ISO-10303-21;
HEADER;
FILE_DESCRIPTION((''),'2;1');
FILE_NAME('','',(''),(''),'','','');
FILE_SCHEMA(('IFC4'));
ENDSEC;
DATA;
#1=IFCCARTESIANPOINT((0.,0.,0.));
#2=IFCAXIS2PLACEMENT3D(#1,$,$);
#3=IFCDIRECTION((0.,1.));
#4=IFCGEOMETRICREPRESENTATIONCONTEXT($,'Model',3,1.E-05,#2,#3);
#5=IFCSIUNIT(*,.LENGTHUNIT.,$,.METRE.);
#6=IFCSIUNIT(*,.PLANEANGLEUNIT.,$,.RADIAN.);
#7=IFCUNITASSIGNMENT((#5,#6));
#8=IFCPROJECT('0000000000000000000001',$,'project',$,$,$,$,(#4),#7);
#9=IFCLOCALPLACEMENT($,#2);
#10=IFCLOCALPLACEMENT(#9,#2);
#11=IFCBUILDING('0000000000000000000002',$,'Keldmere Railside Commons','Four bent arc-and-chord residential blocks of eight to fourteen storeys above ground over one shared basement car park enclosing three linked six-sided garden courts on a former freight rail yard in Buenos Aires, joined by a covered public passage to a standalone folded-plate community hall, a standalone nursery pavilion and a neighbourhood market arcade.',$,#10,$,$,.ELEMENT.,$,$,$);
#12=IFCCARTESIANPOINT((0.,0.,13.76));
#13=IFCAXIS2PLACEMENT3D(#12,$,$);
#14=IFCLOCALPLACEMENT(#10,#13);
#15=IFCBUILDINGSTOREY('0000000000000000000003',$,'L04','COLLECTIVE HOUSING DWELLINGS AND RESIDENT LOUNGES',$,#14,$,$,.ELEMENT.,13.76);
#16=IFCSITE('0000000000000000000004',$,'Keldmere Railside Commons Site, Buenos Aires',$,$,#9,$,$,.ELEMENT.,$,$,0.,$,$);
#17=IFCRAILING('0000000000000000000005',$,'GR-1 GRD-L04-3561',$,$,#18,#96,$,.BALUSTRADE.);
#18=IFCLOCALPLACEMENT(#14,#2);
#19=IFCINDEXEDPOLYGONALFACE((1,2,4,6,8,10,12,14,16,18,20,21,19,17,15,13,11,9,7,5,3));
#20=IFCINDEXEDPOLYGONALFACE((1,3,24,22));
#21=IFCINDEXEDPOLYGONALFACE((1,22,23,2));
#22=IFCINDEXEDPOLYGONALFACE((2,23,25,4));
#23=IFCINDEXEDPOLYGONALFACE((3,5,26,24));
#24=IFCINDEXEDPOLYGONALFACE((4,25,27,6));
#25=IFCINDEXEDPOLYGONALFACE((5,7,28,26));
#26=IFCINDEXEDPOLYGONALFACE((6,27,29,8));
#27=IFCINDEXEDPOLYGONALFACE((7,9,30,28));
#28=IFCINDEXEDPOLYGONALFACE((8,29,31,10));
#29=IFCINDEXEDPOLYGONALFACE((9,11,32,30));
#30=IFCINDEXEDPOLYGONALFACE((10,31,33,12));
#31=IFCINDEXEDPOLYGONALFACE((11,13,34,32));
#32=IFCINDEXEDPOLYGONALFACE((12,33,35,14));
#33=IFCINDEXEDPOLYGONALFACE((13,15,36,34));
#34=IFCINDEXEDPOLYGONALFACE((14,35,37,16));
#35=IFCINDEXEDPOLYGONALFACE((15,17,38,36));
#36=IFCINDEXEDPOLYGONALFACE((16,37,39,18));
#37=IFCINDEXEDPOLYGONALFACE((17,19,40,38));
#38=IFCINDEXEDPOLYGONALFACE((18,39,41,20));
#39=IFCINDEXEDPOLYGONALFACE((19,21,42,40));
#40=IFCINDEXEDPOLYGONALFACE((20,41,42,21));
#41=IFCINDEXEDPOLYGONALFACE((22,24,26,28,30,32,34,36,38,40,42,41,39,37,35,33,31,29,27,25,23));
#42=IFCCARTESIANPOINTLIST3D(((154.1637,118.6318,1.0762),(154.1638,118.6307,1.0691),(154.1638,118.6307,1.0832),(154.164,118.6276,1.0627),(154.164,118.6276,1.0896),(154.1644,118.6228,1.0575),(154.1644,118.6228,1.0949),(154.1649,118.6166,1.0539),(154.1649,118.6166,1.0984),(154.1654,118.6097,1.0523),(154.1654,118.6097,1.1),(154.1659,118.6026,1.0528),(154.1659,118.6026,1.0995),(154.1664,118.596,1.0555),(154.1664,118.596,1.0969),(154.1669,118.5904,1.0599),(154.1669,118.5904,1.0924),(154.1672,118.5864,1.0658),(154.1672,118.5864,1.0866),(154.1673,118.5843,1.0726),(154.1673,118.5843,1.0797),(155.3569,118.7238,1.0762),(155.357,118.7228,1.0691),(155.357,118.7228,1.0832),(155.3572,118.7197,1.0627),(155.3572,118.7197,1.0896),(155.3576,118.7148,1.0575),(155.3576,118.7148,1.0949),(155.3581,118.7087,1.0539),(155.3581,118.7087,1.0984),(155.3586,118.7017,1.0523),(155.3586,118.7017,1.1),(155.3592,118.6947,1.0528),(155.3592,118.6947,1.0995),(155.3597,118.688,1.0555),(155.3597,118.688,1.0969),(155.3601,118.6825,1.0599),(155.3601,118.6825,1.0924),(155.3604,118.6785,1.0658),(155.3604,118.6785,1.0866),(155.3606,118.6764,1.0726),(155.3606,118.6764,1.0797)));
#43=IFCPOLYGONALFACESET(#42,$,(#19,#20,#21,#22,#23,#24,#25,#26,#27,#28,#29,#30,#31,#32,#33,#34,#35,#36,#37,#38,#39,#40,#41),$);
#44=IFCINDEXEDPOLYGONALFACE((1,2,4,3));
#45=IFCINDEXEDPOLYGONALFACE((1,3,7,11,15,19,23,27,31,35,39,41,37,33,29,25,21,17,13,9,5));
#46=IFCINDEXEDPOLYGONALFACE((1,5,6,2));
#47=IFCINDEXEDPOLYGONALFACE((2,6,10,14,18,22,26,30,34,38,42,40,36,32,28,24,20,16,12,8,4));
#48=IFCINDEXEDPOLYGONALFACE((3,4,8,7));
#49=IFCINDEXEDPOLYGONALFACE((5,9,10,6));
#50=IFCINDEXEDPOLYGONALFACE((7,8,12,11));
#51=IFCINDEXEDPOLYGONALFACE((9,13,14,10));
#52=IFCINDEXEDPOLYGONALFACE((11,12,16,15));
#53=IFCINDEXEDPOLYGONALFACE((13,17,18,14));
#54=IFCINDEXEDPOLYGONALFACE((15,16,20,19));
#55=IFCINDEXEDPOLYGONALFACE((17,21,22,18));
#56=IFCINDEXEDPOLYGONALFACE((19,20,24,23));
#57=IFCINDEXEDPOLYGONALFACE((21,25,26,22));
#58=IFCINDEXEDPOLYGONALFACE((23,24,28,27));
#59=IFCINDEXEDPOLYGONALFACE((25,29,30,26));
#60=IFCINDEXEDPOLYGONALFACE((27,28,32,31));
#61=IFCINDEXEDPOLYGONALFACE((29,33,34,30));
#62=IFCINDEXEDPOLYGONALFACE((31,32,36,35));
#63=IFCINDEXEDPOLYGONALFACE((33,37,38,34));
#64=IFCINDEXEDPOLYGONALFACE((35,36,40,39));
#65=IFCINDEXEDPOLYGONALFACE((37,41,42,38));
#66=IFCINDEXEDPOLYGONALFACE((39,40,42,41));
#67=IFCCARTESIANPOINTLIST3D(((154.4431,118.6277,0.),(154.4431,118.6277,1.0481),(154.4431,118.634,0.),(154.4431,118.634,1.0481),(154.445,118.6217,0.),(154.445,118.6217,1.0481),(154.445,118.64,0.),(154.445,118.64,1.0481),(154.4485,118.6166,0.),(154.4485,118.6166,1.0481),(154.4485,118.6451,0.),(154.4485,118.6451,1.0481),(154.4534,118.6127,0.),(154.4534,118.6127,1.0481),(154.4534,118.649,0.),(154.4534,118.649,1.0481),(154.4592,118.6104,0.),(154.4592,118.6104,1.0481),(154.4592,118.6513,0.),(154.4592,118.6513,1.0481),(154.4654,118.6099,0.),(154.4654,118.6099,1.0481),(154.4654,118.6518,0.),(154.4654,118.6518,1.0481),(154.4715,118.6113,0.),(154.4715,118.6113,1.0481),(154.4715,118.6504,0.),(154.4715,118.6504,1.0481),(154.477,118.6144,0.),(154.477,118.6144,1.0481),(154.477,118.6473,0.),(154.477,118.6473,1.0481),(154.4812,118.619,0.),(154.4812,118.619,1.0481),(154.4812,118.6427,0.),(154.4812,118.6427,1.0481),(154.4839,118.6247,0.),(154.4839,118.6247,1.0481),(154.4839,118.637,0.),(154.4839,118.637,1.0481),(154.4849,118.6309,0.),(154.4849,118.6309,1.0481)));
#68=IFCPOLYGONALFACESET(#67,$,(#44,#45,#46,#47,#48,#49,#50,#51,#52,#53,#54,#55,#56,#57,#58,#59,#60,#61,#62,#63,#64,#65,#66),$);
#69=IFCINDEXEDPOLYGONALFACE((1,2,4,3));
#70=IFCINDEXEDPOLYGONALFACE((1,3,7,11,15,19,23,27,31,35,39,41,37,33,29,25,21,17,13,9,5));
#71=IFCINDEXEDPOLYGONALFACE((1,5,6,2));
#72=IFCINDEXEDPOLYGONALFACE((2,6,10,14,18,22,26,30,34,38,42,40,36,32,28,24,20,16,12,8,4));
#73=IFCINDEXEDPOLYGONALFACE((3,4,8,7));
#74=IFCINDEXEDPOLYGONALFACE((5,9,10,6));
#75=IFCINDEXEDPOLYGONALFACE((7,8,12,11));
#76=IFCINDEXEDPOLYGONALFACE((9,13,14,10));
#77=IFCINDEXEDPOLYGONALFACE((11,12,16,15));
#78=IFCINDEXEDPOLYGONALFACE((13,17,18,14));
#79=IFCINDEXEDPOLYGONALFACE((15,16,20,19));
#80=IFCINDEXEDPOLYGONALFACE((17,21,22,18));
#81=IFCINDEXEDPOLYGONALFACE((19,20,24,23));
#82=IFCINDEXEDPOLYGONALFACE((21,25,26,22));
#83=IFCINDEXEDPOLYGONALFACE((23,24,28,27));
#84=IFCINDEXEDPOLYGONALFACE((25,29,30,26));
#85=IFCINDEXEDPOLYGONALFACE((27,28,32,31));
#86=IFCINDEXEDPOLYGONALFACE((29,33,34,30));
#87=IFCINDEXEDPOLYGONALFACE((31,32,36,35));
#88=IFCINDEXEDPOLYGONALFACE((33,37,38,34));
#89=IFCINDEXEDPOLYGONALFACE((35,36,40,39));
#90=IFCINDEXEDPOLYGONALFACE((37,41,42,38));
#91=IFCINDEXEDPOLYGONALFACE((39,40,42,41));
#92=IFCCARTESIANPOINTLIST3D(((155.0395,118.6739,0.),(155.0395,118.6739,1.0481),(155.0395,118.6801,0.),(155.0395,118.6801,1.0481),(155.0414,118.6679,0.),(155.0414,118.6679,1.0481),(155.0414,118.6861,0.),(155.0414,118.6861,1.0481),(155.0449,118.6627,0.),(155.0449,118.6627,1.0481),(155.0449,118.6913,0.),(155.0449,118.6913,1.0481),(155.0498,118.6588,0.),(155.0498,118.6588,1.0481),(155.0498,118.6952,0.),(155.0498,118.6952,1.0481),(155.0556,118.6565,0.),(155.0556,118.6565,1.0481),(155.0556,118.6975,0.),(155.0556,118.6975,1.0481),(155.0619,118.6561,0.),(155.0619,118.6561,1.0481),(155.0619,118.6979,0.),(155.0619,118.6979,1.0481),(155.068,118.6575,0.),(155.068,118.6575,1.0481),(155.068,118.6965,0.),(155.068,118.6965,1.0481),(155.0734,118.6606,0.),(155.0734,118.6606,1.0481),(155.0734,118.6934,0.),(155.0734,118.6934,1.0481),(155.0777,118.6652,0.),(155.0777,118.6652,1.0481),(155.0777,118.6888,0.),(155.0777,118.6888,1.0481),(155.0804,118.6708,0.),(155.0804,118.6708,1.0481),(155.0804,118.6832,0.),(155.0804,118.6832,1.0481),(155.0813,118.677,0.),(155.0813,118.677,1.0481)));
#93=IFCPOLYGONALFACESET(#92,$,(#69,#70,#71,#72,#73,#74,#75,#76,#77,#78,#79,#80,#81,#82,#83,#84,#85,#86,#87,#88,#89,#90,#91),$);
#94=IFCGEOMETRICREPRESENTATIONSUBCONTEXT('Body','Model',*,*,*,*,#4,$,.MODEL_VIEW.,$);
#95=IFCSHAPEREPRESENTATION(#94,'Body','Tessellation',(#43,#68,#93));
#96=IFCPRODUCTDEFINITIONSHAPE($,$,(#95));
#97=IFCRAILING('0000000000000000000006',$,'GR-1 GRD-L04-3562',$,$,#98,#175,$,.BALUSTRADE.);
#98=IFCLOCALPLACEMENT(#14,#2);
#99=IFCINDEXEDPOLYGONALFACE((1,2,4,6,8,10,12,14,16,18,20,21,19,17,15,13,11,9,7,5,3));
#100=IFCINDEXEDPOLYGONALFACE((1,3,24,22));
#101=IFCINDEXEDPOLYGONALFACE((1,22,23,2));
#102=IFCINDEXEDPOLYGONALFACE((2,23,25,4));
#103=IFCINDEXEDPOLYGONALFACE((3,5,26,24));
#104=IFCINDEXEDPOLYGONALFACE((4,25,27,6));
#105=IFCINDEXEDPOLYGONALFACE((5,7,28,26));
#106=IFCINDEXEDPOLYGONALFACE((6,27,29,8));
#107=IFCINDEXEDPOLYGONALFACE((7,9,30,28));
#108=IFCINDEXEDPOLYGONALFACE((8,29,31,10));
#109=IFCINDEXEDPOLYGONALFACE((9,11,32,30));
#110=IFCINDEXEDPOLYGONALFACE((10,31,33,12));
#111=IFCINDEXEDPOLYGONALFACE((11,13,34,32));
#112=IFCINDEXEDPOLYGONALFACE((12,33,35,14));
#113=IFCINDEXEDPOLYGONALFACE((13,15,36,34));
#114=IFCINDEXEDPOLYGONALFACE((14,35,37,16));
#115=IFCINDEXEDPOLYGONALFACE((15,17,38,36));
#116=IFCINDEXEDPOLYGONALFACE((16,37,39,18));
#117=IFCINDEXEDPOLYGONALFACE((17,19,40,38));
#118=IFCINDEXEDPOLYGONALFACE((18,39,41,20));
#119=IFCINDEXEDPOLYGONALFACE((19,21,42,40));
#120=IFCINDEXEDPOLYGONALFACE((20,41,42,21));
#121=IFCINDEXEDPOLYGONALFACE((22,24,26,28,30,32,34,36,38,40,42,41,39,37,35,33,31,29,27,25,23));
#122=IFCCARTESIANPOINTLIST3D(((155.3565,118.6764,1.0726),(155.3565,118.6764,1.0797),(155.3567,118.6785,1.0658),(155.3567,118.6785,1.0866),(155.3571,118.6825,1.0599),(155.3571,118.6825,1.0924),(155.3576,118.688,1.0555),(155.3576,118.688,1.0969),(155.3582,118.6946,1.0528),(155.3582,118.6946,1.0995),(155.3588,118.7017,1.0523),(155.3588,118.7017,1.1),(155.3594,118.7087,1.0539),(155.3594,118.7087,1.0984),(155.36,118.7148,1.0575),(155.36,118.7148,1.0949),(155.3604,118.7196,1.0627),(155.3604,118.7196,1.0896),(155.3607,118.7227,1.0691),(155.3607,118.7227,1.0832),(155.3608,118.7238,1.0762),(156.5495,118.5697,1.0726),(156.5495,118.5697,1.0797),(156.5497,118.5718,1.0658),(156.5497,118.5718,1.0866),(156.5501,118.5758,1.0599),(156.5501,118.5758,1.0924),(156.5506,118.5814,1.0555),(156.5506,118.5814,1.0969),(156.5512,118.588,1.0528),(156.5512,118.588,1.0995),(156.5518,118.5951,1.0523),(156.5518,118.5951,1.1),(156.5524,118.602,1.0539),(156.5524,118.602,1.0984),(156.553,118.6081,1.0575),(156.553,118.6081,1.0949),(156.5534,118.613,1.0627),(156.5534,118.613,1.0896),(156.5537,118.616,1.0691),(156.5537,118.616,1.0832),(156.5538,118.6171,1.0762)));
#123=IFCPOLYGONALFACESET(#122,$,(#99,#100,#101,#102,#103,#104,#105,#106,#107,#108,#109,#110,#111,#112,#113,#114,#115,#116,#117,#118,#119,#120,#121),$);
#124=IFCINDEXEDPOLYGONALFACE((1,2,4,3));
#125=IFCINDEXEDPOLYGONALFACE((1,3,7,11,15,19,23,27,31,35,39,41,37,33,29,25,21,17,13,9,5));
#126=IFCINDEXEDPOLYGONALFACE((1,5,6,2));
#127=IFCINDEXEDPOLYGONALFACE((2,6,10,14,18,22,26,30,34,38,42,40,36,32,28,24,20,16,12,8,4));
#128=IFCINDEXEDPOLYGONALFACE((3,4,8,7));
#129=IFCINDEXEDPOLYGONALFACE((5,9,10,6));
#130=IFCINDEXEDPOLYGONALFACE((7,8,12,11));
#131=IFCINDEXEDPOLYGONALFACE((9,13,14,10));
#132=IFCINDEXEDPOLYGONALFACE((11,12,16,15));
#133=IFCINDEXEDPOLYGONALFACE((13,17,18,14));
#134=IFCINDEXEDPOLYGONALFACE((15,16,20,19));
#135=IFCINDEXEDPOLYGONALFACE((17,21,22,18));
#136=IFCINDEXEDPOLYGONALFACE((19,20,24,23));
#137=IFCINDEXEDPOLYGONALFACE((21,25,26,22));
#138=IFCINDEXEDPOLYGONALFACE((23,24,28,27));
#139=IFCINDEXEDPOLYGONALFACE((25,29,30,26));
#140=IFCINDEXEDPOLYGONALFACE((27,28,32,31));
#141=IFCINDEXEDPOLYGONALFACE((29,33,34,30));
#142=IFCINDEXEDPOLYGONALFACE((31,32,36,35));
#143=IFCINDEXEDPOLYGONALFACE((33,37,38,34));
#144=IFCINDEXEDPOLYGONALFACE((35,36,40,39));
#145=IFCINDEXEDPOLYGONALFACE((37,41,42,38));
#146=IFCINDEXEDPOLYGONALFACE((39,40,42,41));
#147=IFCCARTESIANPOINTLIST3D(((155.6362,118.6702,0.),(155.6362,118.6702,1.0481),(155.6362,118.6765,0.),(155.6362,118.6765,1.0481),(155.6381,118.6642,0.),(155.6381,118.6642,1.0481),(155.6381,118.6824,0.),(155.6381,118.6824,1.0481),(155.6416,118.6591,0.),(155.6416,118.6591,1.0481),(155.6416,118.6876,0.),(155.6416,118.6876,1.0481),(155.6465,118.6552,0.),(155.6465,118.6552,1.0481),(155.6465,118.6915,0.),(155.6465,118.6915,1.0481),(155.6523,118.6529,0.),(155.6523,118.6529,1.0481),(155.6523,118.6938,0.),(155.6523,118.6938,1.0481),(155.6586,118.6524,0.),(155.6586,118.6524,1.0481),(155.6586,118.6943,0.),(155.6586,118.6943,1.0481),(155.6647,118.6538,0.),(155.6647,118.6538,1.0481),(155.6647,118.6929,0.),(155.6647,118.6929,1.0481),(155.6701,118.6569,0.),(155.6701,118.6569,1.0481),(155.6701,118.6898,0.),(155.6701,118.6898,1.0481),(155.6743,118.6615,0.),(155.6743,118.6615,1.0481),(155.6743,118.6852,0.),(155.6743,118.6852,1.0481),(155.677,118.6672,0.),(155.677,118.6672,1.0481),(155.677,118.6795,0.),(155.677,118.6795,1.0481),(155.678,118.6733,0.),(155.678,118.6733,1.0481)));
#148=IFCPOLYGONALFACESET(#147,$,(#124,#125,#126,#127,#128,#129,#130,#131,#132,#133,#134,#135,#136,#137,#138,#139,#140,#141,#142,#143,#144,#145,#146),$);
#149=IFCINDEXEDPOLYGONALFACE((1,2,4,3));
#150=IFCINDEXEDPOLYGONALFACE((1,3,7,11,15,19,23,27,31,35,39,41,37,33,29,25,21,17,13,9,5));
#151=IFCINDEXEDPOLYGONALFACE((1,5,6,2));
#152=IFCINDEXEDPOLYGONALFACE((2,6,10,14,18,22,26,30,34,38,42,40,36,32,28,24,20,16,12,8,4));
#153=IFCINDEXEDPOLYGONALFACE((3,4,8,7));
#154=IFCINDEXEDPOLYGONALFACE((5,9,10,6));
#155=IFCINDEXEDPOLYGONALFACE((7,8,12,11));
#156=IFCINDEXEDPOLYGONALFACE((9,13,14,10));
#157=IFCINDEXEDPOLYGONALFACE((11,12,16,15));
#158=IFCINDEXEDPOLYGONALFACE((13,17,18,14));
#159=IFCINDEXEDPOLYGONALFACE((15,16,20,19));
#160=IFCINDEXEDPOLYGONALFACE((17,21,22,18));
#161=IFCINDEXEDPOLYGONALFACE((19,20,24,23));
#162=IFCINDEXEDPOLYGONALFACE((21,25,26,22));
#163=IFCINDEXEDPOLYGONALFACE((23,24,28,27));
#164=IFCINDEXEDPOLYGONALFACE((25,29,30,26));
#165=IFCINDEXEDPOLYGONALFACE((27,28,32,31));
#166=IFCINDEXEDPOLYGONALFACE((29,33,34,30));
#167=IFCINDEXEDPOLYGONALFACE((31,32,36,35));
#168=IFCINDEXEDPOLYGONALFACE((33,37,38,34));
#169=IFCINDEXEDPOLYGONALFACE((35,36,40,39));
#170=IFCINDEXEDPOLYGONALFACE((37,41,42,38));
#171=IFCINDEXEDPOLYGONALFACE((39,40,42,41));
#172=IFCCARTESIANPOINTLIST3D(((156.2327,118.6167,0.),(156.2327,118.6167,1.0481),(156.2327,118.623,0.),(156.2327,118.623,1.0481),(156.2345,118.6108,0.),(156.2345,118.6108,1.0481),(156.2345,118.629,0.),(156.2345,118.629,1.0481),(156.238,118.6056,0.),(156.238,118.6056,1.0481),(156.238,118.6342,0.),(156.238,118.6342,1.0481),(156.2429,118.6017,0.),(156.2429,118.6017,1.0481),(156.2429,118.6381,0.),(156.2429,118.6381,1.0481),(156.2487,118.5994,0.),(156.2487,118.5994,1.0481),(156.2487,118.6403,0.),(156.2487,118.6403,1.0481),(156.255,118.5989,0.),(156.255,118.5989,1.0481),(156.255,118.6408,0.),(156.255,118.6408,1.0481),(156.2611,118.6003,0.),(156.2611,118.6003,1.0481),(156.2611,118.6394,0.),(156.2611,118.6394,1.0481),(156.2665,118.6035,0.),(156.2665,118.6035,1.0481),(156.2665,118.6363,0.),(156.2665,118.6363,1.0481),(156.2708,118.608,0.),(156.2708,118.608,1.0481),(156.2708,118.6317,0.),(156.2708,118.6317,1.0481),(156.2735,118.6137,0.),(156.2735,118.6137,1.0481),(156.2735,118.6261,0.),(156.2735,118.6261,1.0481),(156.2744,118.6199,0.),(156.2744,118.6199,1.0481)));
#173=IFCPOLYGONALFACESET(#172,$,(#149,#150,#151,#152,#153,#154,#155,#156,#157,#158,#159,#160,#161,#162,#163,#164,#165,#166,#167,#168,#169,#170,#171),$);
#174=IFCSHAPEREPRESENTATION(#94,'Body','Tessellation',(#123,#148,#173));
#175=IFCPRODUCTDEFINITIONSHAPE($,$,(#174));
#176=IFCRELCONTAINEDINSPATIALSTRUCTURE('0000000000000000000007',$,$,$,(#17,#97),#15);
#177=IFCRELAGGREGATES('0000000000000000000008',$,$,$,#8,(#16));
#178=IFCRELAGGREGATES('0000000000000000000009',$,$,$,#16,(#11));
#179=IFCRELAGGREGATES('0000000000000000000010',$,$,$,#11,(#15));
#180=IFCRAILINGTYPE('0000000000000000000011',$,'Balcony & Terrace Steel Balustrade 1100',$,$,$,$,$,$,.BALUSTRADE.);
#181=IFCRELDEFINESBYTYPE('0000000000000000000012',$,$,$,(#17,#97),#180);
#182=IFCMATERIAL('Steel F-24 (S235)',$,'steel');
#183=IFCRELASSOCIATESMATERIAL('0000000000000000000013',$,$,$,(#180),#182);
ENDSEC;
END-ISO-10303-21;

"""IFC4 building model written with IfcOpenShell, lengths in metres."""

from ifc_helpers import new_model, si_unit, direction, frame, origin, origin_2d, place, context, subcontext, project, spatial, circle, extrude, material, type_object, element, save


model = new_model("IFC4")

# Units and contexts
model_context = context("Model", 3, precision=1e-05, world=origin(), true_north=direction((0.0, 1.0)))
body_context = subcontext(model_context, "Body", "Model", "MODEL_VIEW")
ifc_project = project(units=[si_unit("LENGTHUNIT", "METRE"), si_unit("PLANEANGLEUNIT", "RADIAN")], contexts=[model_context])

# Site, building, storey
site_placement = place(None, origin())
site = spatial("IfcSite", under=ifc_project, at=site_placement, Name="Keldmere Railside Commons Site, Buenos Aires", CompositionType="ELEMENT", RefElevation=0.0)
building_placement = place(site_placement, origin())
building = spatial("IfcBuilding", under=site, at=building_placement, Name="Keldmere Railside Commons", Description="Four bent arc-and-chord residential blocks of eight to fourteen storeys above ground over one shared basement car park enclosing three linked six-sided garden courts on a former freight rail yard in Buenos Aires, joined by a covered public passage to a standalone folded-plate community hall, a standalone nursery pavilion and a neighbourhood market arcade.", CompositionType="ELEMENT")
storey_placement = place(building_placement, frame((0.0, 0.0, 13.76)))
storey = spatial("IfcBuildingStorey", under=building, at=storey_placement, Name="L04", Description="COLLECTIVE HOUSING DWELLINGS AND RESIDENT LOUNGES", CompositionType="ELEMENT", Elevation=13.76)

# Railings
ifc_material_1 = material(Name="Steel F-24 (S235)", Category="steel")
railing_type = type_object("IfcRailingType", Name="Balcony & Terrace Steel Balustrade 1100", PredefinedType="BALUSTRADE", material=ifc_material_1)
railing_1_placement = place(storey_placement, frame((154.1655, 118.6079, 0.0)))
element("IfcRailing", 1, at=railing_1_placement, inside=storey, type_object=railing_type, Name="GR-1 GRD-L04-3561", PredefinedType="BALUSTRADE", context=body_context, shape_type="SweptSolid", body=[
    extrude(circle(Radius=0.0239, at=origin_2d()), frame((0.0, 0.0, 1.0762), z_axis=(0.997038, 0.076915, 0.0), x_axis=(-0.076915, 0.997038, 0.0)), (0.0, 0.0, 1.0), 1.1968),
    extrude(circle(Radius=0.021, at=origin_2d()), frame((0.2983, 0.0229, 0.0)), (0.0, 0.0, 1.0), 1.0481),
    extrude(circle(Radius=0.021, at=origin_2d()), frame((0.8948, 0.0691, 0.0)), (0.0, 0.0, 1.0), 1.0481),
])
railing_2_placement = place(storey_placement, frame((155.3586, 118.7, 0.0)))
element("IfcRailing", 2, at=railing_2_placement, inside=storey, type_object=railing_type, Name="GR-1 GRD-L04-3562", PredefinedType="BALUSTRADE", context=body_context, shape_type="SweptSolid", body=[
    extrude(circle(Radius=0.0239, at=origin_2d()), frame((0.0, 0.0, 1.0762), z_axis=(0.996026, -0.089066, 0.0), x_axis=(0.089066, 0.996026, 0.0)), (0.0, 0.0, 1.0), 1.1978),
    extrude(circle(Radius=0.021, at=origin_2d()), frame((0.2983, -0.0266, 0.0)), (0.0, 0.0, 1.0), 1.0481),
    extrude(circle(Radius=0.021, at=origin_2d()), frame((0.8948, -0.0801, 0.0)), (0.0, 0.0, 1.0), 1.0481),
])

save(model, "model.ifc")
